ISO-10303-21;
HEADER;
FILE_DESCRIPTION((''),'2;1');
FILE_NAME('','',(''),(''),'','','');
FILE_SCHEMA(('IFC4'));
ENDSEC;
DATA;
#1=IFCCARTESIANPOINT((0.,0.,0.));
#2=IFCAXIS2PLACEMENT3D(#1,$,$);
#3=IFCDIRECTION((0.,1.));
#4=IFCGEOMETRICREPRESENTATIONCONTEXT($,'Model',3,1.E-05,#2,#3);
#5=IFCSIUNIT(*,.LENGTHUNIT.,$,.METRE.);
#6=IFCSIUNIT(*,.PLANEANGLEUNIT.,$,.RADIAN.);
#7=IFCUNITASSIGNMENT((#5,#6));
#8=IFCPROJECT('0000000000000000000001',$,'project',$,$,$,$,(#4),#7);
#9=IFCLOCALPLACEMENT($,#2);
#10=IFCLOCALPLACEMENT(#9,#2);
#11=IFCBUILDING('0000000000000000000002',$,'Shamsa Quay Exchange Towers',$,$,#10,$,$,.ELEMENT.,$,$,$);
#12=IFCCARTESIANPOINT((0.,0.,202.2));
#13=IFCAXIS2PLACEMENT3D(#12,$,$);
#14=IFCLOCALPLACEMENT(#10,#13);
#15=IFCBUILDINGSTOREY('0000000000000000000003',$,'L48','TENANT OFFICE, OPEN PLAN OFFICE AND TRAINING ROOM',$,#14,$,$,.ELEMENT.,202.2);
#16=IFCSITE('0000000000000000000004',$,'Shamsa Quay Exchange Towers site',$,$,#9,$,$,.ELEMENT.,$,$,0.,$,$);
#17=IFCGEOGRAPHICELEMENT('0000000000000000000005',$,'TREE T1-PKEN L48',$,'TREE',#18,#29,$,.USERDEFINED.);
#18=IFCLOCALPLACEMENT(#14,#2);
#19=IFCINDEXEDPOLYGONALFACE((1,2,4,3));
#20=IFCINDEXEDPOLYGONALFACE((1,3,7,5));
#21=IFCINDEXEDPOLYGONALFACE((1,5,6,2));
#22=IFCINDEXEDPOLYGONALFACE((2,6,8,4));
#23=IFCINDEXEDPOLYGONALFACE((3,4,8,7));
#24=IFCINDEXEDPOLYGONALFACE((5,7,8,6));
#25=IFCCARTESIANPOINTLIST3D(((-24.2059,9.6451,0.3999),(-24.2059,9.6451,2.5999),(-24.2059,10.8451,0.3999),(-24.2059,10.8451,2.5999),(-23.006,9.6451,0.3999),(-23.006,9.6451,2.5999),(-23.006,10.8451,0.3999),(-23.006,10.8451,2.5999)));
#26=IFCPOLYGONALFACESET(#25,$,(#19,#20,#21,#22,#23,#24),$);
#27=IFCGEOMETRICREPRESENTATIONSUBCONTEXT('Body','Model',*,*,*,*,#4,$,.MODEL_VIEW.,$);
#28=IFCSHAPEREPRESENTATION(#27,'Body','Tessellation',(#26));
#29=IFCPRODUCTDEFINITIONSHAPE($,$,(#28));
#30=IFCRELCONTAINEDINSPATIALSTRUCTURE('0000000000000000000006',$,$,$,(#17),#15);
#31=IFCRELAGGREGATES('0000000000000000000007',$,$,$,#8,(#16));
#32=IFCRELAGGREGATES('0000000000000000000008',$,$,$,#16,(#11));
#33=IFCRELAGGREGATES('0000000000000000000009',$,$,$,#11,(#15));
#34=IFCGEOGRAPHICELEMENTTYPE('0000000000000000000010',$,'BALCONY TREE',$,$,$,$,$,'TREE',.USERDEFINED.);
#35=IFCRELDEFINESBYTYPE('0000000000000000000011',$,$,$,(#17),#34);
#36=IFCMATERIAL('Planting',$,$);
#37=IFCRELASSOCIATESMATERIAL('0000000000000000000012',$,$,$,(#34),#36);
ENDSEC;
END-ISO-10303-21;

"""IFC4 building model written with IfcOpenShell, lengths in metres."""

from ifc_helpers import new_model, si_unit, direction, frame, origin, origin_2d, place, context, subcontext, project, spatial, rectangle, extrude, material, type_object, element, save


model = new_model("IFC4")

# Units and contexts
model_context = context("Model", 3, precision=1e-05, world=origin(), true_north=direction((0.0, 1.0)))
body_context = subcontext(model_context, "Body", "Model", "MODEL_VIEW")
ifc_project = project(units=[si_unit("LENGTHUNIT", "METRE"), si_unit("PLANEANGLEUNIT", "RADIAN")], contexts=[model_context])

# Site, building, storey
site_placement = place(None, origin())
site = spatial("IfcSite", under=ifc_project, at=site_placement, Name="Shamsa Quay Exchange Towers site", CompositionType="ELEMENT", RefElevation=0.0)
building_placement = place(site_placement, origin())
building = spatial("IfcBuilding", under=site, at=building_placement, Name="Shamsa Quay Exchange Towers", CompositionType="ELEMENT")
storey_placement = place(building_placement, frame((0.0, 0.0, 202.2)))
storey = spatial("IfcBuildingStorey", under=building, at=storey_placement, Name="L48", Description="TENANT OFFICE, OPEN PLAN OFFICE AND TRAINING ROOM", CompositionType="ELEMENT", Elevation=202.2)

# Geographic element
ifc_material_1 = material(Name="Planting")
geographic_element_type = type_object("IfcGeographicElementType", Name="BALCONY TREE", ElementType="TREE", PredefinedType="USERDEFINED", material=ifc_material_1)
geographic_element_placement = place(storey_placement, frame((-23.606, 10.2451, 0.3999), z_axis=(0.0, 0.0, 1.0), x_axis=(-1.0, 0.0, 0.0)))
element("IfcGeographicElement", 1, at=geographic_element_placement, inside=storey, type_object=geographic_element_type, Name="TREE T1-PKEN L48", ObjectType="TREE", PredefinedType="USERDEFINED", context=body_context, shape_type="SweptSolid", body=[
    extrude(rectangle(XDim=1.2, YDim=1.2, at=origin_2d()), origin(), (0.0, 0.0, 1.0), 2.2),
])

save(model, "model.ifc")
